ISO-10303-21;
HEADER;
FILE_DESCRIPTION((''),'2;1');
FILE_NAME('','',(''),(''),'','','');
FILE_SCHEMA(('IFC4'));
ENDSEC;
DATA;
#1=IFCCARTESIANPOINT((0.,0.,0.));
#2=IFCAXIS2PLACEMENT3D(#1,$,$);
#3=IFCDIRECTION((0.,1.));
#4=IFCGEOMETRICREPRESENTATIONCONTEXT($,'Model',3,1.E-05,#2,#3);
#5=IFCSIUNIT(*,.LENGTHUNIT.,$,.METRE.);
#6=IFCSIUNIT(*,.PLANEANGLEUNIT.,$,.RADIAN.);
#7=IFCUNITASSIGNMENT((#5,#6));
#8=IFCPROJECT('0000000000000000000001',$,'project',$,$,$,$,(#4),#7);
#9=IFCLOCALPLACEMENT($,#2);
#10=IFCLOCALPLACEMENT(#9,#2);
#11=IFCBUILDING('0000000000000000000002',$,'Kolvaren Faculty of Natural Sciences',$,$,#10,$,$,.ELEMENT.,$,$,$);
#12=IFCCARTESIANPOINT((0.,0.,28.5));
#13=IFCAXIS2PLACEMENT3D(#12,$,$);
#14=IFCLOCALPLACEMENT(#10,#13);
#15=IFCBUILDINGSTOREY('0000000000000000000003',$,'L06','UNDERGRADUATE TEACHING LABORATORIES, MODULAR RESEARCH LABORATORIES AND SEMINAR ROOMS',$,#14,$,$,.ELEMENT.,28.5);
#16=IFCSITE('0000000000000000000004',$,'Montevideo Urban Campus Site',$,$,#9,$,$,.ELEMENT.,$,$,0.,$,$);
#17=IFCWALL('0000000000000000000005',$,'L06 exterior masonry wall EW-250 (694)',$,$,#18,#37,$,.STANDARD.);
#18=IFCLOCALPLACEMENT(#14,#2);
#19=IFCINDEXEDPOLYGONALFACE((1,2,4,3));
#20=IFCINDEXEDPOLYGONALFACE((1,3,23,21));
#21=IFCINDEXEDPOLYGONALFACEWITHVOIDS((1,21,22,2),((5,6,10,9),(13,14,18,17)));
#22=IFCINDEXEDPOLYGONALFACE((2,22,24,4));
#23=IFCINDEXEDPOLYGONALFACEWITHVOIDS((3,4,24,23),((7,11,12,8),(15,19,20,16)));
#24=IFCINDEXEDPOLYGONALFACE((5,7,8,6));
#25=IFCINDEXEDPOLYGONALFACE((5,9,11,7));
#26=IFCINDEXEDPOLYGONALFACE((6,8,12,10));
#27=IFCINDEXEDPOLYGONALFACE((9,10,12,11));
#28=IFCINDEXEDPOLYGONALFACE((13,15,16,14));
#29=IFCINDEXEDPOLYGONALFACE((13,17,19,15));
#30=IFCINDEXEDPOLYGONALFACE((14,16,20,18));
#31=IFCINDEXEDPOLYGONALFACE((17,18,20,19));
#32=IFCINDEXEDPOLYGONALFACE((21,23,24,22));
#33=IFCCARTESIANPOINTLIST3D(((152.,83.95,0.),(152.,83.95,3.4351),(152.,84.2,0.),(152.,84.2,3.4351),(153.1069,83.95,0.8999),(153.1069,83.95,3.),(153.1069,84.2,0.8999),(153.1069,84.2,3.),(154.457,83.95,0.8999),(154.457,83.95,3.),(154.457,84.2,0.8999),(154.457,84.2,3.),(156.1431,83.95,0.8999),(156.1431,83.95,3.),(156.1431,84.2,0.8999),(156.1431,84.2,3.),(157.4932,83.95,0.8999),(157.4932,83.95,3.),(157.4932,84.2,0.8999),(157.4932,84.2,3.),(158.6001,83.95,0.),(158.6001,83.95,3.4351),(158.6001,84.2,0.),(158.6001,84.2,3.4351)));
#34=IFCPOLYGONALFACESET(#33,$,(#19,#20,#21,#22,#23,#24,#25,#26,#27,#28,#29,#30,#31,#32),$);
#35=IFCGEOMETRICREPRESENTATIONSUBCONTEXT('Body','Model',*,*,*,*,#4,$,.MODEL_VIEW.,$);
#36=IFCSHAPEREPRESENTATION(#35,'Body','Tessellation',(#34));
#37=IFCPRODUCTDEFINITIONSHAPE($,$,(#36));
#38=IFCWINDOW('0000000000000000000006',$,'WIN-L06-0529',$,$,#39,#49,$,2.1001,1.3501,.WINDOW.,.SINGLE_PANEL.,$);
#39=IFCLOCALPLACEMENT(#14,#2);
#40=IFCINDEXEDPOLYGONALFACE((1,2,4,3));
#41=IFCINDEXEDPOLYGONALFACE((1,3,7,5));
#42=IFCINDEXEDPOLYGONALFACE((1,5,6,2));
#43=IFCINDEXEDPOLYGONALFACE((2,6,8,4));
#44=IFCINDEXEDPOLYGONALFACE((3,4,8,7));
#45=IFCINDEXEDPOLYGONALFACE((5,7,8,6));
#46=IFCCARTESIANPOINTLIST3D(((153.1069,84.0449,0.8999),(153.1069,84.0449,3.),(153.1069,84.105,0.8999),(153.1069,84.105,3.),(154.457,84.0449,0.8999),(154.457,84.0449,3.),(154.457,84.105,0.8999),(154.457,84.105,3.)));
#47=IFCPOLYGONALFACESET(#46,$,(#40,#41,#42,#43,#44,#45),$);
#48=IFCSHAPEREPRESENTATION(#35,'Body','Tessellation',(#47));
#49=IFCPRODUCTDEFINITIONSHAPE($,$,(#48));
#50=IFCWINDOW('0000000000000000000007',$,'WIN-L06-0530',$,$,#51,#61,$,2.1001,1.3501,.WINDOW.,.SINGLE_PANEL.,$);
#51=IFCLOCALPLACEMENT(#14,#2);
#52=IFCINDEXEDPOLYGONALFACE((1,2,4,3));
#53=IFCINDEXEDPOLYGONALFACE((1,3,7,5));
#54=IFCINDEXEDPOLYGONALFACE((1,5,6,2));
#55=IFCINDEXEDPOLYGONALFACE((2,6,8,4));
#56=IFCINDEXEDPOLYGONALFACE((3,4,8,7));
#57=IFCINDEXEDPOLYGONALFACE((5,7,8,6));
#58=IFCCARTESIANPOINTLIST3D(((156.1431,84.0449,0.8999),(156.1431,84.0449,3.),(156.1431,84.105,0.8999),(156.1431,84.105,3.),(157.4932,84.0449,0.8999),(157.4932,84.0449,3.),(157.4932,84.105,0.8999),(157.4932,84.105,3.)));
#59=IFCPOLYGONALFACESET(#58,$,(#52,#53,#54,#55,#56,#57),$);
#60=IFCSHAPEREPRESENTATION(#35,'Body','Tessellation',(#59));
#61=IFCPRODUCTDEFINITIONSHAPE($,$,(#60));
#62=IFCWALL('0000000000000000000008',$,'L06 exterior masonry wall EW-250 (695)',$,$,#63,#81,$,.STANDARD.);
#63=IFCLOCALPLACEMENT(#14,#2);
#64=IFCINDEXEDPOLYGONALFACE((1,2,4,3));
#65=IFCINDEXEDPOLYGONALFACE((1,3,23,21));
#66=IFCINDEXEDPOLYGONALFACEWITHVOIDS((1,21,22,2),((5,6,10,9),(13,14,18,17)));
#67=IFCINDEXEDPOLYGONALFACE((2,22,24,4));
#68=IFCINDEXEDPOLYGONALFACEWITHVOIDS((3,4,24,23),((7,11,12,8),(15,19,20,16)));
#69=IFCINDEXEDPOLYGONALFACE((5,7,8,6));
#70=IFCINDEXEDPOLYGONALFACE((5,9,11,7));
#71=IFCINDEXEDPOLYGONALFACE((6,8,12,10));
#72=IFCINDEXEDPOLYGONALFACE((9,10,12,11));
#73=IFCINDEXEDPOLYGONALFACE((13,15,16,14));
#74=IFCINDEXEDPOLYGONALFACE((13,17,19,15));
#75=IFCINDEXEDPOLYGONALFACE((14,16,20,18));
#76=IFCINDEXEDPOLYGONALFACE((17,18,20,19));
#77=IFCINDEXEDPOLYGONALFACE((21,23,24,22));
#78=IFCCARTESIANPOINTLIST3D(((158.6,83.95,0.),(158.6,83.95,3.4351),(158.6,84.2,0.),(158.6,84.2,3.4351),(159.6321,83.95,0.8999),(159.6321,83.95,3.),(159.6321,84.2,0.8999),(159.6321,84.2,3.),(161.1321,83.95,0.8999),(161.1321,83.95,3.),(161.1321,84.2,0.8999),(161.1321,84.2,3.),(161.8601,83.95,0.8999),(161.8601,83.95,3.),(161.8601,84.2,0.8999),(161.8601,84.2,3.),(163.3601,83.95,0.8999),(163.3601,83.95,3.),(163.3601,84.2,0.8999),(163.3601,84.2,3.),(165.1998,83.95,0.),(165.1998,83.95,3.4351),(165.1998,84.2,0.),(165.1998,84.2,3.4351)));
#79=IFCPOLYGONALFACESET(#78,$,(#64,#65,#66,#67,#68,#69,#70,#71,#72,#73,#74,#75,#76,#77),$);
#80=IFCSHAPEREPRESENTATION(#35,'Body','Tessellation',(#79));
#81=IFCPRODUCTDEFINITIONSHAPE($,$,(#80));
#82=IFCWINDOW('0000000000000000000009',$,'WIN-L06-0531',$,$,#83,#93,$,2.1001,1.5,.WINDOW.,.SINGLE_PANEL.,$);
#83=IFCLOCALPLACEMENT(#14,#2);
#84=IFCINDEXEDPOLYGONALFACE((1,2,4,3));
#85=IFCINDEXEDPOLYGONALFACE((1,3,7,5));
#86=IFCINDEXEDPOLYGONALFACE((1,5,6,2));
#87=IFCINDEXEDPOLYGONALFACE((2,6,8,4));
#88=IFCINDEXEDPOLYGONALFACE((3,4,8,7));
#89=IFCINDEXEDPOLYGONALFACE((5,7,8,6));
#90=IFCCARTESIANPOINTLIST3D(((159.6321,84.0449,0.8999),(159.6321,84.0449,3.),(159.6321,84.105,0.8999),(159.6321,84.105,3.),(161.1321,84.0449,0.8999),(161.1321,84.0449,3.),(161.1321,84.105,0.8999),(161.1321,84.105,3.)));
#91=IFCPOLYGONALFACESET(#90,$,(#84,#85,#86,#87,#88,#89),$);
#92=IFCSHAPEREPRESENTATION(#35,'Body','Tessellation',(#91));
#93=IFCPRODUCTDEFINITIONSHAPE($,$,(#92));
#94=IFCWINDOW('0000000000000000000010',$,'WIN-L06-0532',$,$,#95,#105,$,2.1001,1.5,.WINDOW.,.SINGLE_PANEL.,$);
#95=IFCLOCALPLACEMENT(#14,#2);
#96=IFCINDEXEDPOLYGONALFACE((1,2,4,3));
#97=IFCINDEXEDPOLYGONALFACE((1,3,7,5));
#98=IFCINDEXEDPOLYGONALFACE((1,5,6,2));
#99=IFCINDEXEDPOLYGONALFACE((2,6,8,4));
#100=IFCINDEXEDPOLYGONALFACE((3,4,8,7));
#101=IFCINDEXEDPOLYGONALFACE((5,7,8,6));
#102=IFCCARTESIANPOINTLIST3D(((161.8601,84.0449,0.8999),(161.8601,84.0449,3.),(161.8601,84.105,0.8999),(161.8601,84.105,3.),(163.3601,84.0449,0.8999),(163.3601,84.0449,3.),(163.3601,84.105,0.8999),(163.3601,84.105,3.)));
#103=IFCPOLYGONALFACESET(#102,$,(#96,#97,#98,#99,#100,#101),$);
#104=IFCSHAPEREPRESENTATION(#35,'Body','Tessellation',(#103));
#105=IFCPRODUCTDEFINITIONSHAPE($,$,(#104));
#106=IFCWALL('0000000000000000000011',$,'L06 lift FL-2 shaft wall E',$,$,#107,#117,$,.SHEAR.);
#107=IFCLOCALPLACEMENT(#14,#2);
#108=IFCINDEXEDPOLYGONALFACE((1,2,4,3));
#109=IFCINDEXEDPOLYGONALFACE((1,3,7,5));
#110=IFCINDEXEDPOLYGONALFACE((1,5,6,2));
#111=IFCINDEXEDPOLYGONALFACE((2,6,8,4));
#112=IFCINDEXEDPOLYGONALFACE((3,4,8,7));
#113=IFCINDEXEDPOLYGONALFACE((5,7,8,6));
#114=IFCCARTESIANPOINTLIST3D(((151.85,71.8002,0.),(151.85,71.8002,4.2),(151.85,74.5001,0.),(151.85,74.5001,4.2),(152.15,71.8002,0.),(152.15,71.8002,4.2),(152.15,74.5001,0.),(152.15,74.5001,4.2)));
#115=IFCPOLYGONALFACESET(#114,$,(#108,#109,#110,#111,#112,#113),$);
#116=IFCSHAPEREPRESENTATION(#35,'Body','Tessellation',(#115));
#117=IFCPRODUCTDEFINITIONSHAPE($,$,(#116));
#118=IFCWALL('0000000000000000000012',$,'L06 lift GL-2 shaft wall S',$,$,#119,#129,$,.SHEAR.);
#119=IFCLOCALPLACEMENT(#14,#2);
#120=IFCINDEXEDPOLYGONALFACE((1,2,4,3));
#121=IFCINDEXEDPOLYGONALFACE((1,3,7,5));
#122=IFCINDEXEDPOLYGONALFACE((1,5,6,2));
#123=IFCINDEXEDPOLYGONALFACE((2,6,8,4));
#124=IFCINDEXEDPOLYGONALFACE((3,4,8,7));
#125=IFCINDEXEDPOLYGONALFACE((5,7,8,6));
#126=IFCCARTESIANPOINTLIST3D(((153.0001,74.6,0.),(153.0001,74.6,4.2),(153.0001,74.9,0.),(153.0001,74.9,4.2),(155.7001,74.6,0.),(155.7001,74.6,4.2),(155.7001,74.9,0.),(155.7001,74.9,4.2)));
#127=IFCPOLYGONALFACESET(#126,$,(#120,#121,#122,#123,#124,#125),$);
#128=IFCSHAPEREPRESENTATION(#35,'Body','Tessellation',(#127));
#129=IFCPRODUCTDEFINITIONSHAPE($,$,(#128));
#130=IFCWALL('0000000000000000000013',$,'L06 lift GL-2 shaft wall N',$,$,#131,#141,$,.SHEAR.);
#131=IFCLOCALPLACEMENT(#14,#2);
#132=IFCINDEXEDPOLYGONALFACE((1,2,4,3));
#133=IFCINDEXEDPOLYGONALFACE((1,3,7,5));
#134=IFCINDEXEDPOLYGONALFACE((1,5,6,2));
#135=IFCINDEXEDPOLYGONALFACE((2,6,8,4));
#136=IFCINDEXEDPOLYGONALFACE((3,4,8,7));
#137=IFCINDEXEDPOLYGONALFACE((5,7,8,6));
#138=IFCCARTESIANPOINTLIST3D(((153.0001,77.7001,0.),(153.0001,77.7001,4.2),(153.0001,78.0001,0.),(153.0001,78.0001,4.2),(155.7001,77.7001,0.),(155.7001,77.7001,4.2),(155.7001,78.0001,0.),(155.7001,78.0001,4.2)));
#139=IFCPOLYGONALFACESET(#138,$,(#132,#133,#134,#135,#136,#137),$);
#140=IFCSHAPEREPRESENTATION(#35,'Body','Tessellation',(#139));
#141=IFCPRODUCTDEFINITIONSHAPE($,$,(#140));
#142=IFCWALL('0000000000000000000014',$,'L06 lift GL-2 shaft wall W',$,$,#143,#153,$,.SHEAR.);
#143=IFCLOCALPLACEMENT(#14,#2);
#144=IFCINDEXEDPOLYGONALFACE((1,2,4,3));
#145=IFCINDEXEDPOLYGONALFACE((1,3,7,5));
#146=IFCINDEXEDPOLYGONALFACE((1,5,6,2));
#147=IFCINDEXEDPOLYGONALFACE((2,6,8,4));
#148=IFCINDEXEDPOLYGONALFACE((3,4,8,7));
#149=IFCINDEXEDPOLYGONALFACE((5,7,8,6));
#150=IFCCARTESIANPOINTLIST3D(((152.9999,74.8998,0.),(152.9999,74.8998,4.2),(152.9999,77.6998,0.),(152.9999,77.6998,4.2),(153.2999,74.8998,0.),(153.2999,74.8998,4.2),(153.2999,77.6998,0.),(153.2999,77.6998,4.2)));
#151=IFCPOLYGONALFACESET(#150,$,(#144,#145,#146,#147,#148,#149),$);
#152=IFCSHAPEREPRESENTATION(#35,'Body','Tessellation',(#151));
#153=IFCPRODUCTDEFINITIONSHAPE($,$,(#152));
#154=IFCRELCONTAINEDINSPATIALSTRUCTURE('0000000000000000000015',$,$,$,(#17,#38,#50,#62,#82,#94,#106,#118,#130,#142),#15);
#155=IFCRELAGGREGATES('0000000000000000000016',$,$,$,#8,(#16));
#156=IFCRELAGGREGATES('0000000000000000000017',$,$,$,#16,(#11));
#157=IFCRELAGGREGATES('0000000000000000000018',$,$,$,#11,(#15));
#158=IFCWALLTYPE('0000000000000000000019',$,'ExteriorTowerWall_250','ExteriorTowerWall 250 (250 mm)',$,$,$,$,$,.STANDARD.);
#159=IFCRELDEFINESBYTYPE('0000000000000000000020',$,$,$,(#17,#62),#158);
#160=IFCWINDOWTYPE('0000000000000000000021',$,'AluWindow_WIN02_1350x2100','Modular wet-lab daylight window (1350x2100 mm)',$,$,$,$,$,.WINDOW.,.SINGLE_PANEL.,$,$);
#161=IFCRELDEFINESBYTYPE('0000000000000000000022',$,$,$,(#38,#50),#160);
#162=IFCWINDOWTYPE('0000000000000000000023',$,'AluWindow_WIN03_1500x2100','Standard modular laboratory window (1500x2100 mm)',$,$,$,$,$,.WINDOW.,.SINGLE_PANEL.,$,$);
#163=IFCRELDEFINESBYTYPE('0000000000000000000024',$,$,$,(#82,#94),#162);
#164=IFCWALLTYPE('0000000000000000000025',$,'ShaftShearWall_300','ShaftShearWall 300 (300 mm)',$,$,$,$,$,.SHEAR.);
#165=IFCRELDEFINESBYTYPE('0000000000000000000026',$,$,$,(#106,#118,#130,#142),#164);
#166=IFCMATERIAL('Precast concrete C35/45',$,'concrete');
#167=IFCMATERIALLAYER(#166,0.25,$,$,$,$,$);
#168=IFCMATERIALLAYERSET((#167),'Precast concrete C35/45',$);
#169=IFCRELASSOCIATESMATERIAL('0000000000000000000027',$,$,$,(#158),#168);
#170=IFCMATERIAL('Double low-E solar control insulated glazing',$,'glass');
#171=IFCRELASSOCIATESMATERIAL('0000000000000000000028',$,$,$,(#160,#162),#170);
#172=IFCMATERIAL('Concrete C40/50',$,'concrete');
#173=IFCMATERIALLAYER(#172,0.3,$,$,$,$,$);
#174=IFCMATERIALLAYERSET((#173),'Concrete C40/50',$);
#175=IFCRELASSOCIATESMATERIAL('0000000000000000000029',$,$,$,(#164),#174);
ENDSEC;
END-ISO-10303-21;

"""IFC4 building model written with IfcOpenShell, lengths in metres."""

from ifc_helpers import new_model, si_unit, direction, frame, frame_2d, origin, place, context, subcontext, project, spatial, rectangle, extrude, material, layer, layer_set, type_object, element, fill, save


model = new_model("IFC4")

# Units and contexts
model_context = context("Model", 3, precision=1e-05, world=origin(), true_north=direction((0.0, 1.0)))
body_context = subcontext(model_context, "Body", "Model", "MODEL_VIEW")
ifc_project = project(units=[si_unit("LENGTHUNIT", "METRE"), si_unit("PLANEANGLEUNIT", "RADIAN")], contexts=[model_context])

# Site, building, storey
site_placement = place(None, origin())
site = spatial("IfcSite", under=ifc_project, at=site_placement, Name="Montevideo Urban Campus Site", CompositionType="ELEMENT", RefElevation=0.0)
building_placement = place(site_placement, origin())
building = spatial("IfcBuilding", under=site, at=building_placement, Name="Kolvaren Faculty of Natural Sciences", CompositionType="ELEMENT")
storey_placement = place(building_placement, frame((0.0, 0.0, 28.5)))
storey = spatial("IfcBuildingStorey", under=building, at=storey_placement, Name="L06", Description="UNDERGRADUATE TEACHING LABORATORIES, MODULAR RESEARCH LABORATORIES AND SEMINAR ROOMS", CompositionType="ELEMENT", Elevation=28.5)

# Shared definitions
ifc_material_1 = material(Name="Concrete C40/50", Category="concrete")

# Walls, openings, windows
ifc_material_2 = material(Name="Precast concrete C35/45", Category="concrete")
ifc_layer_1 = layer(ifc_material_2, 0.25)
ifc_layer_set_1 = layer_set([ifc_layer_1], Name="Precast concrete C35/45")
wall_type_1 = type_object("IfcWallType", Name="ExteriorTowerWall_250", Description="ExteriorTowerWall 250 (250 mm)", PredefinedType="STANDARD", material=ifc_layer_set_1)
wall_1_placement = place(storey_placement, frame((152.0, 84.075, 0.0), z_axis=(0.0, 0.0, 1.0), x_axis=(1.0, 0.0, 0.0)))
wall_1 = element("IfcWall", 1, at=wall_1_placement, inside=storey, type_object=wall_type_1, Name="L06 exterior masonry wall EW-250 (694)", PredefinedType="STANDARD", context=body_context, shape_type="SweptSolid", body=[
    extrude(rectangle(XDim=6.6001, YDim=0.25, at=frame_2d((3.3, 0.0))), origin(), (0.0, 0.0, 1.0), 3.4351),
])
opening_1_placement = place(wall_1_placement, frame((1.1069, 0.0, 0.8999)))
opening_1 = element("IfcOpeningElement", 2, at=opening_1_placement, cuts=wall_1, PredefinedType="OPENING", context=body_context, shape_type="SweptSolid", body=[
    extrude(rectangle(XDim=1.3501, YDim=2.1001, at=frame_2d((0.675, 1.05))), frame((0.0, 0.135, 0.0), z_axis=(0.0, -1.0, 0.0), x_axis=(1.0, 0.0, 0.0)), (0.0, 0.0, 1.0), 0.27),
])
opening_2_placement = place(wall_1_placement, frame((4.1431, 0.0, 0.8999)))
opening_2 = element("IfcOpeningElement", 3, at=opening_2_placement, cuts=wall_1, PredefinedType="OPENING", context=body_context, shape_type="SweptSolid", body=[
    extrude(rectangle(XDim=1.3501, YDim=2.1001, at=frame_2d((0.675, 1.05))), frame((0.0, 0.135, 0.0), z_axis=(0.0, -1.0, 0.0), x_axis=(1.0, 0.0, 0.0)), (0.0, 0.0, 1.0), 0.27),
])
ifc_material_3 = material(Name="Double low-E solar control insulated glazing", Category="glass")
window_type_1 = type_object("IfcWindowType", Name="AluWindow_WIN02_1350x2100", Description="Modular wet-lab daylight window (1350x2100 mm)", PartitioningType="SINGLE_PANEL", PredefinedType="WINDOW", material=ifc_material_3)
window_1_placement = place(opening_1_placement, origin())
window_1 = element("IfcWindow", 4, at=window_1_placement, inside=storey, type_object=window_type_1, Name="WIN-L06-0529", OverallHeight=2.1001, OverallWidth=1.3501, PartitioningType="SINGLE_PANEL", PredefinedType="WINDOW", context=body_context, shape_type="SweptSolid", body=[
    extrude(rectangle(XDim=1.3501, YDim=2.1001, at=frame_2d((0.675, 1.05))), frame((0.0, 0.03, 0.0), z_axis=(0.0, -1.0, 0.0), x_axis=(1.0, 0.0, 0.0)), (0.0, 0.0, 1.0), 0.0601),
])
fill(opening_1, window_1)
window_2_placement = place(opening_2_placement, origin())
window_2 = element("IfcWindow", 5, at=window_2_placement, inside=storey, type_object=window_type_1, Name="WIN-L06-0530", OverallHeight=2.1001, OverallWidth=1.3501, PartitioningType="SINGLE_PANEL", PredefinedType="WINDOW", context=body_context, shape_type="SweptSolid", body=[
    extrude(rectangle(XDim=1.3501, YDim=2.1001, at=frame_2d((0.675, 1.05))), frame((0.0, 0.03, 0.0), z_axis=(0.0, -1.0, 0.0), x_axis=(1.0, 0.0, 0.0)), (0.0, 0.0, 1.0), 0.0601),
])
fill(opening_2, window_2)
wall_2_placement = place(storey_placement, frame((158.6001, 84.075, 0.0), z_axis=(0.0, 0.0, 1.0), x_axis=(1.0, 0.0, 0.0)))
wall_2 = element("IfcWall", 6, at=wall_2_placement, inside=storey, type_object=wall_type_1, Name="L06 exterior masonry wall EW-250 (695)", PredefinedType="STANDARD", context=body_context, shape_type="SweptSolid", body=[
    extrude(rectangle(XDim=6.5999, YDim=0.25, at=frame_2d((3.2998, 0.0))), origin(), (0.0, 0.0, 1.0), 3.4351),
])
opening_3_placement = place(wall_2_placement, frame((1.032, 0.0, 0.8999)))
opening_3 = element("IfcOpeningElement", 7, at=opening_3_placement, cuts=wall_2, PredefinedType="OPENING", context=body_context, shape_type="SweptSolid", body=[
    extrude(rectangle(XDim=1.5, YDim=2.1001, at=frame_2d((0.75, 1.05))), frame((0.0, 0.135, 0.0), z_axis=(0.0, -1.0, 0.0), x_axis=(1.0, 0.0, 0.0)), (0.0, 0.0, 1.0), 0.27),
])
opening_4_placement = place(wall_2_placement, frame((3.26, 0.0, 0.8999)))
opening_4 = element("IfcOpeningElement", 8, at=opening_4_placement, cuts=wall_2, PredefinedType="OPENING", context=body_context, shape_type="SweptSolid", body=[
    extrude(rectangle(XDim=1.5, YDim=2.1001, at=frame_2d((0.75, 1.05))), frame((0.0, 0.135, 0.0), z_axis=(0.0, -1.0, 0.0), x_axis=(1.0, 0.0, 0.0)), (0.0, 0.0, 1.0), 0.27),
])
window_type_2 = type_object("IfcWindowType", Name="AluWindow_WIN03_1500x2100", Description="Standard modular laboratory window (1500x2100 mm)", PartitioningType="SINGLE_PANEL", PredefinedType="WINDOW", material=ifc_material_3)
window_3_placement = place(opening_3_placement, origin())
window_3 = element("IfcWindow", 9, at=window_3_placement, inside=storey, type_object=window_type_2, Name="WIN-L06-0531", OverallHeight=2.1001, OverallWidth=1.5, PartitioningType="SINGLE_PANEL", PredefinedType="WINDOW", context=body_context, shape_type="SweptSolid", body=[
    extrude(rectangle(XDim=1.5, YDim=2.1001, at=frame_2d((0.75, 1.05))), frame((0.0, 0.03, 0.0), z_axis=(0.0, -1.0, 0.0), x_axis=(1.0, 0.0, 0.0)), (0.0, 0.0, 1.0), 0.0601),
])
fill(opening_3, window_3)
window_4_placement = place(opening_4_placement, origin())
window_4 = element("IfcWindow", 10, at=window_4_placement, inside=storey, type_object=window_type_2, Name="WIN-L06-0532", OverallHeight=2.1001, OverallWidth=1.5, PartitioningType="SINGLE_PANEL", PredefinedType="WINDOW", context=body_context, shape_type="SweptSolid", body=[
    extrude(rectangle(XDim=1.5, YDim=2.1001, at=frame_2d((0.75, 1.05))), frame((0.0, 0.03, 0.0), z_axis=(0.0, -1.0, 0.0), x_axis=(1.0, 0.0, 0.0)), (0.0, 0.0, 1.0), 0.0601),
])
fill(opening_4, window_4)

# Walls
ifc_layer_2 = layer(ifc_material_1, 0.3)
ifc_layer_set_2 = layer_set([ifc_layer_2], Name="Concrete C40/50")
wall_type_2 = type_object("IfcWallType", Name="ShaftShearWall_300", Description="ShaftShearWall 300 (300 mm)", PredefinedType="SHEAR", material=ifc_layer_set_2)
for number, where, z_axis, x_axis, name in (
    (11, (152.0, 71.8, 0.0), (0.0, 0.0, 1.0), (0.0, 1.0, 0.0), "L06 lift FL-2 shaft wall E"),
    (12, (153.0, 74.75, 0.0), (0.0, 0.0, 1.0), (1.0, 0.0, 0.0), "L06 lift GL-2 shaft wall S"),
    (13, (153.0, 77.8501, 0.0), (0.0, 0.0, 1.0), (1.0, 0.0, 0.0), "L06 lift GL-2 shaft wall N"),
):
    element("IfcWall", number, at=place(storey_placement, frame(where, z_axis=z_axis, x_axis=x_axis)), inside=storey, type_object=wall_type_2, Name=name, PredefinedType="SHEAR", context=body_context, shape_type="SweptSolid", body=[
        extrude(rectangle(XDim=2.7, YDim=0.3, at=frame_2d((1.3501, 0.0))), origin(), (0.0, 0.0, 1.0), 4.2),
    ])
wall_3_placement = place(storey_placement, frame((153.1499, 74.8999, 0.0), z_axis=(0.0, 0.0, 1.0), x_axis=(0.0, 1.0, 0.0)))
element("IfcWall", 14, at=wall_3_placement, inside=storey, type_object=wall_type_2, Name="L06 lift GL-2 shaft wall W", PredefinedType="SHEAR", context=body_context, shape_type="SweptSolid", body=[
    extrude(rectangle(XDim=2.8, YDim=0.3, at=frame_2d((1.3999, 0.0))), origin(), (0.0, 0.0, 1.0), 4.2),
])

save(model, "model.ifc")
